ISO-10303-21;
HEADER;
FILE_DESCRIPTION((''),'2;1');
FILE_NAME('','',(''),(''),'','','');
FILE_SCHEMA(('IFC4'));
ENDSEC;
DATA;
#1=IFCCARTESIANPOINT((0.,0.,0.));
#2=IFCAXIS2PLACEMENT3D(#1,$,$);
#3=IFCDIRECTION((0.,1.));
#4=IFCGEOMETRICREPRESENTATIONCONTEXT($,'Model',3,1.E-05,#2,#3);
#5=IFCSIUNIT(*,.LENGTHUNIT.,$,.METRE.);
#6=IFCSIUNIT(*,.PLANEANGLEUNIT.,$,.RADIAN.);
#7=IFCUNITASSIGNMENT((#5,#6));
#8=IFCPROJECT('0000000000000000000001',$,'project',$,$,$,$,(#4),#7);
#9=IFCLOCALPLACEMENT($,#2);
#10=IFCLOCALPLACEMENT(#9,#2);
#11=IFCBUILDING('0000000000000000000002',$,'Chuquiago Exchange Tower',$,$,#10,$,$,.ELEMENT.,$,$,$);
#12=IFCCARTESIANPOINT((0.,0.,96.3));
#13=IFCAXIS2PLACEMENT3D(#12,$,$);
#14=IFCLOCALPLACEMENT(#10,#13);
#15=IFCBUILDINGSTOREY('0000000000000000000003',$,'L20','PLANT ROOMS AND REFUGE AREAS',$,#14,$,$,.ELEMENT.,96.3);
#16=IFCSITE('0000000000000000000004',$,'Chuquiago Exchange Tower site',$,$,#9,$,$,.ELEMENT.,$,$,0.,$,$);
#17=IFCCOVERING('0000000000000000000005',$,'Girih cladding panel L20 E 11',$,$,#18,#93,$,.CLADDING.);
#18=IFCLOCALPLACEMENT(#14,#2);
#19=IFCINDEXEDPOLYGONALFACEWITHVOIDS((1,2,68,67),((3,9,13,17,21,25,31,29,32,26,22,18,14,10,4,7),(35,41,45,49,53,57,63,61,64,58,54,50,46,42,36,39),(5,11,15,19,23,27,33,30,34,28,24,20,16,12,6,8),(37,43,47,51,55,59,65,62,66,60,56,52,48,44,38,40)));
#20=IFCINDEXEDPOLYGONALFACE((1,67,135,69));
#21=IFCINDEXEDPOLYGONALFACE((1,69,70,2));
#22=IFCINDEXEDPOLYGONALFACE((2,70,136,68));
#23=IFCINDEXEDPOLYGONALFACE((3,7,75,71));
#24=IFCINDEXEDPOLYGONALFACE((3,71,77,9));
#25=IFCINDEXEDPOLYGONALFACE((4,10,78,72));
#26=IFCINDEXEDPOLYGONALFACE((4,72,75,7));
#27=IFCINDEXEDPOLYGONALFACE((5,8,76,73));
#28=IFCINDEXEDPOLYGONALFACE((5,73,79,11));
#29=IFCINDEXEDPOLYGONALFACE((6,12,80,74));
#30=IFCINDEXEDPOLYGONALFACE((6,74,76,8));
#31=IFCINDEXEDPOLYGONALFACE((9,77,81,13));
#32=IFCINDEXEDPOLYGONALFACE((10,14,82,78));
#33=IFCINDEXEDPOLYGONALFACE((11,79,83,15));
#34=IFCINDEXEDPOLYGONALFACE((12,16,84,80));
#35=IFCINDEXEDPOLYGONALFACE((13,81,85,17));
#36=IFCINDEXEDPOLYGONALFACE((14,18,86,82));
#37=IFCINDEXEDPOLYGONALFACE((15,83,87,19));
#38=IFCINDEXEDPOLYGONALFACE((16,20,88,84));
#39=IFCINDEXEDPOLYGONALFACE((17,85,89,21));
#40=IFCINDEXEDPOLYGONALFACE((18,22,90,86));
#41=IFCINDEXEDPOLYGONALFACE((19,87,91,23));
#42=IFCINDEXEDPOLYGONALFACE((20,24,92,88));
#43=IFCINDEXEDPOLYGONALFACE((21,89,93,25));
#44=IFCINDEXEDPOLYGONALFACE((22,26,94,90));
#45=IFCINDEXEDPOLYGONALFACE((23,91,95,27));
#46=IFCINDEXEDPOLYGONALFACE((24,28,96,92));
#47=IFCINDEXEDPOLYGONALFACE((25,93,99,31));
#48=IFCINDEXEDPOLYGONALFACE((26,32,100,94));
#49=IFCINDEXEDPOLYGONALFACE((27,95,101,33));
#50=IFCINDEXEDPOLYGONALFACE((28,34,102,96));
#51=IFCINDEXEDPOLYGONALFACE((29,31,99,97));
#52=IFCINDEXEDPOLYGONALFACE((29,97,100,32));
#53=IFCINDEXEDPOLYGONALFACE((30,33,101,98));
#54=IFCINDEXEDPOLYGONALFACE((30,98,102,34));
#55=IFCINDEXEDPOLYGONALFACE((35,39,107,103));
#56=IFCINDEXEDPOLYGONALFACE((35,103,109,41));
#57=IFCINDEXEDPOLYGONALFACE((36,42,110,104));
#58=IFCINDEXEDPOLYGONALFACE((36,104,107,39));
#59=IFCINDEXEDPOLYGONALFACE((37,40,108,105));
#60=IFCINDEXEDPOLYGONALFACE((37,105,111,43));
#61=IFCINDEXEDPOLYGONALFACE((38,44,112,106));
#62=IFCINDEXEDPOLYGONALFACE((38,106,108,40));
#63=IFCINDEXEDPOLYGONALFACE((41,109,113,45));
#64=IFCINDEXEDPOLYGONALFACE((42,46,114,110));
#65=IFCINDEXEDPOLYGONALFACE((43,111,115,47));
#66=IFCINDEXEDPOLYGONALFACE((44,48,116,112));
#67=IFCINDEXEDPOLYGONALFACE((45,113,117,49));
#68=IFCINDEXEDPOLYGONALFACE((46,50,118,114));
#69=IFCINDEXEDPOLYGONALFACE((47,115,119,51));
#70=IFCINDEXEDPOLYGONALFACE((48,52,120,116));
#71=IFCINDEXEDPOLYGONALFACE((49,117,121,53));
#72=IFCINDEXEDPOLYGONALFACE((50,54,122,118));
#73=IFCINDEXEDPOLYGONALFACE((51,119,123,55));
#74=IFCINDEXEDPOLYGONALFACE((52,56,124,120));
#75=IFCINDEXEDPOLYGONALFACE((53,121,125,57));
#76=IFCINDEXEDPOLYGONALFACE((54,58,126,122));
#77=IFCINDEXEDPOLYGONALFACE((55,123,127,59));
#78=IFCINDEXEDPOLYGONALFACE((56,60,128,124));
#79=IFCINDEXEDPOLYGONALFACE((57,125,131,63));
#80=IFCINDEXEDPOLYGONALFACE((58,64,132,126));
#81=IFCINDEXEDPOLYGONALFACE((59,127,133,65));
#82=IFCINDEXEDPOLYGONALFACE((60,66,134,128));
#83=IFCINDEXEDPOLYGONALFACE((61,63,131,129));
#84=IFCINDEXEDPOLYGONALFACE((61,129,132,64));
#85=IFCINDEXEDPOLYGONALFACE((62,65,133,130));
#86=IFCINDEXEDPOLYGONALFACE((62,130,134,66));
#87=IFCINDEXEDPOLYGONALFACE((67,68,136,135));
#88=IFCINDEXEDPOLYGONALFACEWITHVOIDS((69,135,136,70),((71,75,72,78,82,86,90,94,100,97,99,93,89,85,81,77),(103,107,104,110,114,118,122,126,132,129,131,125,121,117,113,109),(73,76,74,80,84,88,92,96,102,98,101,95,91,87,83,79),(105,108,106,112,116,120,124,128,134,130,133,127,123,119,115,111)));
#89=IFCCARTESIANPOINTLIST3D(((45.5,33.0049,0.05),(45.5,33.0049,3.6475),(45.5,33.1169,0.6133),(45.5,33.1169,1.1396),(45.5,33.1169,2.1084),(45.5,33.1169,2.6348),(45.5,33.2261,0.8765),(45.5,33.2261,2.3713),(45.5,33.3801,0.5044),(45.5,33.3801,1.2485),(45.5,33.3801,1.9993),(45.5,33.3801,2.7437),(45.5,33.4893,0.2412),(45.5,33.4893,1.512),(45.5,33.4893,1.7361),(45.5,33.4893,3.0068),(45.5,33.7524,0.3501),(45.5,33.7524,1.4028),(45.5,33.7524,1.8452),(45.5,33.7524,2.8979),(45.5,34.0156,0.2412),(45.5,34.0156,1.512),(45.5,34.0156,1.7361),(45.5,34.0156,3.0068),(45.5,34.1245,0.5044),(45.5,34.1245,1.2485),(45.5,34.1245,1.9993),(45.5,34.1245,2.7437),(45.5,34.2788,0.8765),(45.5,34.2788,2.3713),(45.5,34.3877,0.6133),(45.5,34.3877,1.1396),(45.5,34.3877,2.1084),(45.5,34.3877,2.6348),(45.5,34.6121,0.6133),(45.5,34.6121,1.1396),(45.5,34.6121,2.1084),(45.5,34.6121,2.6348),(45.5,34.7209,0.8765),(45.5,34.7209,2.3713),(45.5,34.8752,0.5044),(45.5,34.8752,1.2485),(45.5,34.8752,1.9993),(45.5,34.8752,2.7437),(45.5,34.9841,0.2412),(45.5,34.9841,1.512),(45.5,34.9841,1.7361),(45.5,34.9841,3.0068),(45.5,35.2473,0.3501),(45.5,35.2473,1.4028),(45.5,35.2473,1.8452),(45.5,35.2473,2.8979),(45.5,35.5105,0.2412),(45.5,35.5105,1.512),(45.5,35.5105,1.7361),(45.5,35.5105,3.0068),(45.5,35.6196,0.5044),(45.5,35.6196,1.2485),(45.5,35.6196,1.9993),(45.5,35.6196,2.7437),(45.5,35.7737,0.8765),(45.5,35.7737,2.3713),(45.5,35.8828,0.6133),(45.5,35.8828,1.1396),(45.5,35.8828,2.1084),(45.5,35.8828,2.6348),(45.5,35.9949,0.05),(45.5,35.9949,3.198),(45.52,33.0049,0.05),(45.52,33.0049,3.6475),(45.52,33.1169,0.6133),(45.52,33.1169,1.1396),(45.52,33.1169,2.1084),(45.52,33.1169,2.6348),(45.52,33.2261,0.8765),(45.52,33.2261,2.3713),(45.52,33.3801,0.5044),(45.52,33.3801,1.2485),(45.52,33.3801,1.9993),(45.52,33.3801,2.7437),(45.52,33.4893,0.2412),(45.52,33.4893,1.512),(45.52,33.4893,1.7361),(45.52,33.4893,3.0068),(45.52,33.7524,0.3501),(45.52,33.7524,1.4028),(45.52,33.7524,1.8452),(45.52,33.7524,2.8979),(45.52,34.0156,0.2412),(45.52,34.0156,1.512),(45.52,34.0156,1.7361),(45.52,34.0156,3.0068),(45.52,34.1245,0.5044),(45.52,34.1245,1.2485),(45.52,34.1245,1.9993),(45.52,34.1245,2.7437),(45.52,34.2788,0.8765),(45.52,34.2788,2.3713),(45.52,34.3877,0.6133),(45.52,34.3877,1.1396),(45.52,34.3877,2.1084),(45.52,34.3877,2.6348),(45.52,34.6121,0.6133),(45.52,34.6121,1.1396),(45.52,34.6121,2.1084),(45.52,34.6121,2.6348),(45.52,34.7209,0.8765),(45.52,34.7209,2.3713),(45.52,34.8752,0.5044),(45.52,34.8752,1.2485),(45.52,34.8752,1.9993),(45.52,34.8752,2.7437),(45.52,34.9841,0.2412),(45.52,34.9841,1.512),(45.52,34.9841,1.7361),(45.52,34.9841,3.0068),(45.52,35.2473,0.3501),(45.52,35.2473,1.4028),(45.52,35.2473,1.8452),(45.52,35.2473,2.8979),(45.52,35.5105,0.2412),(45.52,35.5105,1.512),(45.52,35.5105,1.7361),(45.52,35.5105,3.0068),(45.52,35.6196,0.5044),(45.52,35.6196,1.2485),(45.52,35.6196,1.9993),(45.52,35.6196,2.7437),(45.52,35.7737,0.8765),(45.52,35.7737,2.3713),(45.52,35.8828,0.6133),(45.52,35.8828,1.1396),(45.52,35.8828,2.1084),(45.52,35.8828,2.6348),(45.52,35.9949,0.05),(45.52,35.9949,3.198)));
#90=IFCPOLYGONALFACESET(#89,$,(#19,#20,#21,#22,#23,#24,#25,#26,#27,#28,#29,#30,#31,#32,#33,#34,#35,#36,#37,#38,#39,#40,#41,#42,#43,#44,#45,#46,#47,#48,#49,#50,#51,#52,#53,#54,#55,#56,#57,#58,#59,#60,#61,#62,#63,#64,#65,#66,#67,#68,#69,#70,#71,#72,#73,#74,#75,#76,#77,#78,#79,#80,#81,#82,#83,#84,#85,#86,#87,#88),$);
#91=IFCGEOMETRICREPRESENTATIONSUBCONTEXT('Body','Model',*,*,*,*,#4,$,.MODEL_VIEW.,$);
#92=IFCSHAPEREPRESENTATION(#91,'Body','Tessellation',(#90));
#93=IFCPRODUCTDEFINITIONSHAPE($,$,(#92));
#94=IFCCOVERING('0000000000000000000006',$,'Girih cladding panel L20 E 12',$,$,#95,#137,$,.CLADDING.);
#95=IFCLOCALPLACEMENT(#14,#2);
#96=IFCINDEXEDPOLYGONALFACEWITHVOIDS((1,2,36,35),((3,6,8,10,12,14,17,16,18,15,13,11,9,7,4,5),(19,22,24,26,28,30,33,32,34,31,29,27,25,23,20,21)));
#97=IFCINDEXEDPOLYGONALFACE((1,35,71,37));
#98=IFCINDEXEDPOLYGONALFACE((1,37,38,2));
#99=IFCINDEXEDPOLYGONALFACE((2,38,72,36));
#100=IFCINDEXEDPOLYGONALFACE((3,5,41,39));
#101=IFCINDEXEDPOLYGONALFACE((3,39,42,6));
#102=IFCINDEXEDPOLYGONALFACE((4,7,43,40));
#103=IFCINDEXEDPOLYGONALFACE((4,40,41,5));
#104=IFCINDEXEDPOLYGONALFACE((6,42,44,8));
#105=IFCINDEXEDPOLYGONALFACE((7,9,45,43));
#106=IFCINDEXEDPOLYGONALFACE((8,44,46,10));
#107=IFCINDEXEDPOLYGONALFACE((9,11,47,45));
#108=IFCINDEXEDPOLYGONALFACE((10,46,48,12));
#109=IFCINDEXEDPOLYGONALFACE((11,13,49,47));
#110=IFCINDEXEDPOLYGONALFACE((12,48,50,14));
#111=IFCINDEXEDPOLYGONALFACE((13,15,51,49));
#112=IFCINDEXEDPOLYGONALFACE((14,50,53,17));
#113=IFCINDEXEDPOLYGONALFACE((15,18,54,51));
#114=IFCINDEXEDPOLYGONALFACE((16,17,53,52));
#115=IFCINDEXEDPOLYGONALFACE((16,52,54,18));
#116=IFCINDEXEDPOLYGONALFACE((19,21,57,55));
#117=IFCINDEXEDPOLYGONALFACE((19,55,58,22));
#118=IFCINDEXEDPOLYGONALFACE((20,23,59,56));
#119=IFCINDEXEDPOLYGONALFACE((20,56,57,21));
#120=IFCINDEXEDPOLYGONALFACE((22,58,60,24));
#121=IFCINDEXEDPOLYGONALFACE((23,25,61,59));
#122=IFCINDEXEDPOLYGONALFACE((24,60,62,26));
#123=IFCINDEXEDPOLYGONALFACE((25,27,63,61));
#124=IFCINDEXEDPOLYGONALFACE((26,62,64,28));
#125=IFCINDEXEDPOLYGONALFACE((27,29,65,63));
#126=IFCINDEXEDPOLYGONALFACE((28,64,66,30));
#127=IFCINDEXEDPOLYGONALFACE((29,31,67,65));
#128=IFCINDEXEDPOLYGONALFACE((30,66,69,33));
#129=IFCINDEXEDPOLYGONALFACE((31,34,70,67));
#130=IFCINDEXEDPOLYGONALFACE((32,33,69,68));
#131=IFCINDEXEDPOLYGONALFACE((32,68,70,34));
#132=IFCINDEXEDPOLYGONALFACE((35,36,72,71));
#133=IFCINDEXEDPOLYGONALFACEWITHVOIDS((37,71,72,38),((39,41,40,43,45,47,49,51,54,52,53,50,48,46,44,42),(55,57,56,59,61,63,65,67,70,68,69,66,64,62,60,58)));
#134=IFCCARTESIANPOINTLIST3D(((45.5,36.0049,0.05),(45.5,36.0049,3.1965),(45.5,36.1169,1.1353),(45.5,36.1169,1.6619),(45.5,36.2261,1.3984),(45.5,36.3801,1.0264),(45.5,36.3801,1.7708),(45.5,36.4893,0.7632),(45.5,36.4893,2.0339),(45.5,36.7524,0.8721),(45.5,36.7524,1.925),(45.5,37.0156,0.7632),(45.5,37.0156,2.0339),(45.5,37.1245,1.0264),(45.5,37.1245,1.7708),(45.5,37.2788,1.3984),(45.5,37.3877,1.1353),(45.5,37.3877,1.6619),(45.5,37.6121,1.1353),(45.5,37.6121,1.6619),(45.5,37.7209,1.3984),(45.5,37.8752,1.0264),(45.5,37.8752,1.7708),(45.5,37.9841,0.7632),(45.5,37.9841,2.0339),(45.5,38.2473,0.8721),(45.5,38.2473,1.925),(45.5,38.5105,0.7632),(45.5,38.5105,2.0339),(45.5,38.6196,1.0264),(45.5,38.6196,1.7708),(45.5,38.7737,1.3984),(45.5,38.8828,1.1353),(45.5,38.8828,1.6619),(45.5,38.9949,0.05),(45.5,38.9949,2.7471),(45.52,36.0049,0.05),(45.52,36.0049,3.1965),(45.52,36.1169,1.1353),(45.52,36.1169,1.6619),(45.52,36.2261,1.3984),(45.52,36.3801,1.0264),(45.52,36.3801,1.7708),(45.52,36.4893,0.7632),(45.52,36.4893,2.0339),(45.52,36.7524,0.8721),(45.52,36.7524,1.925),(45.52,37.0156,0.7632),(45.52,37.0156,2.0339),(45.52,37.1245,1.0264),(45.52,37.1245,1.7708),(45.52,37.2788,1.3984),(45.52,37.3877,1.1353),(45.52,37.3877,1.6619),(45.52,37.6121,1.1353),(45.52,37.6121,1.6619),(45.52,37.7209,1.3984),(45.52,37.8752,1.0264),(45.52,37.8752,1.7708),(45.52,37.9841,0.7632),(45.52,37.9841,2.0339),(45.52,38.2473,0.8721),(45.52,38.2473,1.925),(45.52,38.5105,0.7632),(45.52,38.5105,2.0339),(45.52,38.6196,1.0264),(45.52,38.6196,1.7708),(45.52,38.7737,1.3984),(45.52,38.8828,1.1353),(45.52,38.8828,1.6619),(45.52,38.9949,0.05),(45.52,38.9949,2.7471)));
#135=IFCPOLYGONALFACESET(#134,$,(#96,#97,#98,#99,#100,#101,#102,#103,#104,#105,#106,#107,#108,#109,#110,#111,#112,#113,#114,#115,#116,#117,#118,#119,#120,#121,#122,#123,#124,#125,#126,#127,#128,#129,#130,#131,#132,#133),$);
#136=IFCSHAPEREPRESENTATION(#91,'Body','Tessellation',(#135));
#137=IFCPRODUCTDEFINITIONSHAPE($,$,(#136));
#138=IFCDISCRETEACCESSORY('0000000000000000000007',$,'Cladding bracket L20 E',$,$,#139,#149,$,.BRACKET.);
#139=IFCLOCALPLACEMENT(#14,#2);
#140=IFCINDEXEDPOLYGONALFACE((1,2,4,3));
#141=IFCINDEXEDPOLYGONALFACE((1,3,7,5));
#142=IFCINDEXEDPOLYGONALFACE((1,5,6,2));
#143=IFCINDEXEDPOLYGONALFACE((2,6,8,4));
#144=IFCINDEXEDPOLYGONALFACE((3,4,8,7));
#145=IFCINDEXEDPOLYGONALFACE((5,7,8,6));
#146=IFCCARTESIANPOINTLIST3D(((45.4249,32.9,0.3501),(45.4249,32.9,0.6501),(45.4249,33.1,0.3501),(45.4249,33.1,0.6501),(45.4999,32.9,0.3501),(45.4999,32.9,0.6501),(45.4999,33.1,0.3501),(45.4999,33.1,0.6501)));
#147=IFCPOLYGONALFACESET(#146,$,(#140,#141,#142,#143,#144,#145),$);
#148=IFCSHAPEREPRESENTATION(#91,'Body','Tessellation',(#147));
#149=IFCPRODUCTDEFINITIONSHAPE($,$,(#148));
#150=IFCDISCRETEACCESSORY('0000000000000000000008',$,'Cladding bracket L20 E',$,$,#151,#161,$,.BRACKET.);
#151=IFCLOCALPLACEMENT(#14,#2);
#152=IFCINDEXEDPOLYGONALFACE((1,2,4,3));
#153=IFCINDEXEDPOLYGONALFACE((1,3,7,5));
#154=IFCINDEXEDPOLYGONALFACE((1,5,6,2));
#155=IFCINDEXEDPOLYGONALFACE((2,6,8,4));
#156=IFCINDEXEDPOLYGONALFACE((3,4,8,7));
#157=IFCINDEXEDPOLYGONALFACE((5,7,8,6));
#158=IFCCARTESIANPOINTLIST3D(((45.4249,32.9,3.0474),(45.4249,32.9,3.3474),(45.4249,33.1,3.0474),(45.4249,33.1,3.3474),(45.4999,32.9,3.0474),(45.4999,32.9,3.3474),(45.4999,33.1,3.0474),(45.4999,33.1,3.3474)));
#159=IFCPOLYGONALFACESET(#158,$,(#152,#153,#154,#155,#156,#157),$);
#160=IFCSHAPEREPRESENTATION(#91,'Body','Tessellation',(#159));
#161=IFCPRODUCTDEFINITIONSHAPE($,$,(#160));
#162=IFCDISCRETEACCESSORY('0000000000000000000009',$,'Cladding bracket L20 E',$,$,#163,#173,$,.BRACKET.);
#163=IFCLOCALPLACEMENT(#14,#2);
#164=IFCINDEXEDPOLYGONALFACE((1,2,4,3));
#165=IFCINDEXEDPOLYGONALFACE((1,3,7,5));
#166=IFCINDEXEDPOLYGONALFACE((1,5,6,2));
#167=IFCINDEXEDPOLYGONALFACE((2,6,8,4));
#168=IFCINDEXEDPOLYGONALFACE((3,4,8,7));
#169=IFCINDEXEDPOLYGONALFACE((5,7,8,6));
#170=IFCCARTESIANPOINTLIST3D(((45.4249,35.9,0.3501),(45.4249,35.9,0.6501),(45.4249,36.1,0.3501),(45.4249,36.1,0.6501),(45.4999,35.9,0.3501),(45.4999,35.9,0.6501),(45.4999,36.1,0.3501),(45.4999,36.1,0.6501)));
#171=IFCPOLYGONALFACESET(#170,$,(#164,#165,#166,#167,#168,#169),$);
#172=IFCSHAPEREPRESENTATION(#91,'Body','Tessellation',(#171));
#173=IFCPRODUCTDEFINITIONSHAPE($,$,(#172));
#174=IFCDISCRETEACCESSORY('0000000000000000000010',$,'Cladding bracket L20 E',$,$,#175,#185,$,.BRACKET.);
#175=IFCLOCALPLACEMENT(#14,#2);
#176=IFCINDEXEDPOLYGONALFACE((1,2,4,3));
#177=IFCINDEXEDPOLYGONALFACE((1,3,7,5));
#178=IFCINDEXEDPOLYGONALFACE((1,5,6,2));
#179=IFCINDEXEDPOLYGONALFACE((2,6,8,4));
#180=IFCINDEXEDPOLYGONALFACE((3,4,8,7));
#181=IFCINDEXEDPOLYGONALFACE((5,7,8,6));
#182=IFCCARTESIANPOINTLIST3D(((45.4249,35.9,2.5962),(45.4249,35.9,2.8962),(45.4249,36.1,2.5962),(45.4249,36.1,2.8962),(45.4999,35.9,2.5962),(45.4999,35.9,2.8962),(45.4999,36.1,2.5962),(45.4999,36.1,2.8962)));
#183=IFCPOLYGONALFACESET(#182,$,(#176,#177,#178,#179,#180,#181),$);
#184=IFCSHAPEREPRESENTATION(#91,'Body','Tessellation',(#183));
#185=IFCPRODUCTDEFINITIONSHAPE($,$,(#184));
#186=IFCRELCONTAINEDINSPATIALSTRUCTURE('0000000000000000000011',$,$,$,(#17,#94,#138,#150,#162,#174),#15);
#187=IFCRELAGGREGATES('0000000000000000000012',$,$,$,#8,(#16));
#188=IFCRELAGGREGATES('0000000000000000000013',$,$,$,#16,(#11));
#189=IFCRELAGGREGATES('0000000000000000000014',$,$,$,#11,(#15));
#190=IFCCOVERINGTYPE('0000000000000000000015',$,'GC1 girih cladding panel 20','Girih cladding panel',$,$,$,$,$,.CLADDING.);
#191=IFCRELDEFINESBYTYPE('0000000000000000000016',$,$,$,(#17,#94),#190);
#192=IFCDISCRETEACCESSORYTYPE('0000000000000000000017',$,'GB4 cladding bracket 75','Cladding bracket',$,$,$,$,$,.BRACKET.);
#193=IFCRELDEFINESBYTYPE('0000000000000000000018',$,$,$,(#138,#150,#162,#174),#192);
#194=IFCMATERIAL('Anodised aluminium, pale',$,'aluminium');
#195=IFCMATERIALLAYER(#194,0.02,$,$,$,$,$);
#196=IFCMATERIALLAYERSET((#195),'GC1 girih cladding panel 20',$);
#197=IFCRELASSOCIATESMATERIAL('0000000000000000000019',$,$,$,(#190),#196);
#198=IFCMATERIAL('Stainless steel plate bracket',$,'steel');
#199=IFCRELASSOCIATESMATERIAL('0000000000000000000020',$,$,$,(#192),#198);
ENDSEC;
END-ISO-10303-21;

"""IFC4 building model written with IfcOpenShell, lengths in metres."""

from ifc_helpers import new_model, si_unit, direction, frame, origin, origin_2d, place, context, subcontext, project, spatial, polyline, rectangle, outline, extrude, material, layer, layer_set, type_object, element, save


model = new_model("IFC4")

# Units and contexts
model_context = context("Model", 3, precision=1e-05, world=origin(), true_north=direction((0.0, 1.0)))
body_context = subcontext(model_context, "Body", "Model", "MODEL_VIEW")
ifc_project = project(units=[si_unit("LENGTHUNIT", "METRE"), si_unit("PLANEANGLEUNIT", "RADIAN")], contexts=[model_context])

# Site, building, storey
site_placement = place(None, origin())
site = spatial("IfcSite", under=ifc_project, at=site_placement, Name="Chuquiago Exchange Tower site", CompositionType="ELEMENT", RefElevation=0.0)
building_placement = place(site_placement, origin())
building = spatial("IfcBuilding", under=site, at=building_placement, Name="Chuquiago Exchange Tower", CompositionType="ELEMENT")
storey_placement = place(building_placement, frame((0.0, 0.0, 96.3)))
storey = spatial("IfcBuildingStorey", under=building, at=storey_placement, Name="L20", Description="PLANT ROOMS AND REFUGE AREAS", CompositionType="ELEMENT", Elevation=96.3)

# Coverings
ifc_material_1 = material(Name="Anodised aluminium, pale", Category="aluminium")
ifc_layer_1 = layer(ifc_material_1, 0.02)
ifc_layer_set_1 = layer_set([ifc_layer_1], Name="GC1 girih cladding panel 20")
covering_type = type_object("IfcCoveringType", Name="GC1 girih cladding panel 20", Description="Girih cladding panel", PredefinedType="CLADDING", material=ifc_layer_set_1)
covering_1_placement = place(storey_placement, frame((45.5, 33.0049, 0.05), z_axis=(0.0, 0.0, 1.0), x_axis=(0.0, 1.0, 0.0)))
element("IfcCovering", 1, at=covering_1_placement, inside=storey, type_object=covering_type, Name="Girih cladding panel L20 E 11", PredefinedType="CLADDING", context=body_context, shape_type="SweptSolid", body=[
    extrude(outline(polyline([(0.0, 0.0), (2.99, 0.0), (2.99, 3.1479), (0.0, 3.5974), (0.0, 0.0)]), holes=[polyline([(1.2739, 0.8264), (1.3828, 1.0896), (1.1196, 1.1985), (1.0107, 1.4619), (0.7476, 1.3528), (0.4844, 1.4619), (0.3752, 1.1985), (0.1121, 1.0896), (0.2212, 0.8264), (0.1121, 0.5632), (0.3752, 0.4543), (0.4844, 0.1912), (0.7476, 0.3), (1.0107, 0.1912), (1.1196, 0.4543), (1.3828, 0.5632), (1.2739, 0.8264)]), polyline([(2.7688, 0.8264), (2.8779, 1.0896), (2.6147, 1.1985), (2.5056, 1.4619), (2.2424, 1.3528), (1.9792, 1.4619), (1.8704, 1.1985), (1.6072, 1.0896), (1.7161, 0.8264), (1.6072, 0.5632), (1.8704, 0.4543), (1.9792, 0.1912), (2.2424, 0.3), (2.5056, 0.1912), (2.6147, 0.4543), (2.8779, 0.5632), (2.7688, 0.8264)]), polyline([(1.2739, 2.3213), (1.3828, 2.5847), (1.1196, 2.6936), (1.0107, 2.9568), (0.7476, 2.8479), (0.4844, 2.9568), (0.3752, 2.6936), (0.1121, 2.5847), (0.2212, 2.3213), (0.1121, 2.0583), (0.3752, 1.9492), (0.4844, 1.686), (0.7476, 1.7952), (1.0107, 1.686), (1.1196, 1.9492), (1.3828, 2.0583), (1.2739, 2.3213)]), polyline([(2.7688, 2.3213), (2.8779, 2.5847), (2.6147, 2.6936), (2.5056, 2.9568), (2.2424, 2.8479), (1.9792, 2.9568), (1.8704, 2.6936), (1.6072, 2.5847), (1.7161, 2.3213), (1.6072, 2.0583), (1.8704, 1.9492), (1.9792, 1.686), (2.2424, 1.7952), (2.5056, 1.686), (2.6147, 1.9492), (2.8779, 2.0583), (2.7688, 2.3213)])]), frame((0.0, 0.0, 0.0), z_axis=(0.0, -1.0, 0.0), x_axis=(1.0, 0.0, 0.0)), (0.0, 0.0, 1.0), 0.02),
])
covering_2_placement = place(storey_placement, frame((45.5, 36.0049, 0.05), z_axis=(0.0, 0.0, 1.0), x_axis=(0.0, 1.0, 0.0)))
element("IfcCovering", 2, at=covering_2_placement, inside=storey, type_object=covering_type, Name="Girih cladding panel L20 E 12", PredefinedType="CLADDING", context=body_context, shape_type="SweptSolid", body=[
    extrude(outline(polyline([(0.0, 0.0), (2.99, 0.0), (2.99, 2.697), (0.0, 3.1465), (0.0, 0.0)]), holes=[polyline([(1.2739, 1.3484), (1.3828, 1.6118), (1.1196, 1.7207), (1.0107, 1.9839), (0.7476, 1.875), (0.4844, 1.9839), (0.3752, 1.7207), (0.1121, 1.6118), (0.2212, 1.3484), (0.1121, 1.0852), (0.3752, 0.9763), (0.4844, 0.7131), (0.7476, 0.822), (1.0107, 0.7131), (1.1196, 0.9763), (1.3828, 1.0852), (1.2739, 1.3484)]), polyline([(2.7688, 1.3484), (2.8779, 1.6118), (2.6147, 1.7207), (2.5056, 1.9839), (2.2424, 1.875), (1.9792, 1.9839), (1.8704, 1.7207), (1.6072, 1.6118), (1.7161, 1.3484), (1.6072, 1.0852), (1.8704, 0.9763), (1.9792, 0.7131), (2.2424, 0.822), (2.5056, 0.7131), (2.6147, 0.9763), (2.8779, 1.0852), (2.7688, 1.3484)])]), frame((0.0, 0.0, 0.0), z_axis=(0.0, -1.0, 0.0), x_axis=(1.0, 0.0, 0.0)), (0.0, 0.0, 1.0), 0.02),
])

# Discrete accessories
ifc_material_2 = material(Name="Stainless steel plate bracket", Category="steel")
discrete_accessory_type = type_object("IfcDiscreteAccessoryType", Name="GB4 cladding bracket 75", Description="Cladding bracket", PredefinedType="BRACKET", material=ifc_material_2)
for number, where, z_axis, x_axis, name in (
    (3, (45.4624, 33.0, 0.3501), (0.0, 0.0, 1.0), (0.0, 1.0, 0.0), "Cladding bracket L20 E"),
    (4, (45.4624, 33.0, 3.0474), (0.0, 0.0, 1.0), (0.0, 1.0, 0.0), "Cladding bracket L20 E"),
    (5, (45.4624, 36.0, 0.3501), (0.0, 0.0, 1.0), (0.0, 1.0, 0.0), "Cladding bracket L20 E"),
    (6, (45.4624, 36.0, 2.5962), (0.0, 0.0, 1.0), (0.0, 1.0, 0.0), "Cladding bracket L20 E"),
):
    element("IfcDiscreteAccessory", number, at=place(storey_placement, frame(where, z_axis=z_axis, x_axis=x_axis)), inside=storey, type_object=discrete_accessory_type, Name=name, PredefinedType="BRACKET", context=body_context, shape_type="SweptSolid", body=[
        extrude(rectangle(XDim=0.2, YDim=0.075, at=origin_2d()), origin(), (0.0, 0.0, 1.0), 0.3),
    ])

save(model, "model.ifc")
